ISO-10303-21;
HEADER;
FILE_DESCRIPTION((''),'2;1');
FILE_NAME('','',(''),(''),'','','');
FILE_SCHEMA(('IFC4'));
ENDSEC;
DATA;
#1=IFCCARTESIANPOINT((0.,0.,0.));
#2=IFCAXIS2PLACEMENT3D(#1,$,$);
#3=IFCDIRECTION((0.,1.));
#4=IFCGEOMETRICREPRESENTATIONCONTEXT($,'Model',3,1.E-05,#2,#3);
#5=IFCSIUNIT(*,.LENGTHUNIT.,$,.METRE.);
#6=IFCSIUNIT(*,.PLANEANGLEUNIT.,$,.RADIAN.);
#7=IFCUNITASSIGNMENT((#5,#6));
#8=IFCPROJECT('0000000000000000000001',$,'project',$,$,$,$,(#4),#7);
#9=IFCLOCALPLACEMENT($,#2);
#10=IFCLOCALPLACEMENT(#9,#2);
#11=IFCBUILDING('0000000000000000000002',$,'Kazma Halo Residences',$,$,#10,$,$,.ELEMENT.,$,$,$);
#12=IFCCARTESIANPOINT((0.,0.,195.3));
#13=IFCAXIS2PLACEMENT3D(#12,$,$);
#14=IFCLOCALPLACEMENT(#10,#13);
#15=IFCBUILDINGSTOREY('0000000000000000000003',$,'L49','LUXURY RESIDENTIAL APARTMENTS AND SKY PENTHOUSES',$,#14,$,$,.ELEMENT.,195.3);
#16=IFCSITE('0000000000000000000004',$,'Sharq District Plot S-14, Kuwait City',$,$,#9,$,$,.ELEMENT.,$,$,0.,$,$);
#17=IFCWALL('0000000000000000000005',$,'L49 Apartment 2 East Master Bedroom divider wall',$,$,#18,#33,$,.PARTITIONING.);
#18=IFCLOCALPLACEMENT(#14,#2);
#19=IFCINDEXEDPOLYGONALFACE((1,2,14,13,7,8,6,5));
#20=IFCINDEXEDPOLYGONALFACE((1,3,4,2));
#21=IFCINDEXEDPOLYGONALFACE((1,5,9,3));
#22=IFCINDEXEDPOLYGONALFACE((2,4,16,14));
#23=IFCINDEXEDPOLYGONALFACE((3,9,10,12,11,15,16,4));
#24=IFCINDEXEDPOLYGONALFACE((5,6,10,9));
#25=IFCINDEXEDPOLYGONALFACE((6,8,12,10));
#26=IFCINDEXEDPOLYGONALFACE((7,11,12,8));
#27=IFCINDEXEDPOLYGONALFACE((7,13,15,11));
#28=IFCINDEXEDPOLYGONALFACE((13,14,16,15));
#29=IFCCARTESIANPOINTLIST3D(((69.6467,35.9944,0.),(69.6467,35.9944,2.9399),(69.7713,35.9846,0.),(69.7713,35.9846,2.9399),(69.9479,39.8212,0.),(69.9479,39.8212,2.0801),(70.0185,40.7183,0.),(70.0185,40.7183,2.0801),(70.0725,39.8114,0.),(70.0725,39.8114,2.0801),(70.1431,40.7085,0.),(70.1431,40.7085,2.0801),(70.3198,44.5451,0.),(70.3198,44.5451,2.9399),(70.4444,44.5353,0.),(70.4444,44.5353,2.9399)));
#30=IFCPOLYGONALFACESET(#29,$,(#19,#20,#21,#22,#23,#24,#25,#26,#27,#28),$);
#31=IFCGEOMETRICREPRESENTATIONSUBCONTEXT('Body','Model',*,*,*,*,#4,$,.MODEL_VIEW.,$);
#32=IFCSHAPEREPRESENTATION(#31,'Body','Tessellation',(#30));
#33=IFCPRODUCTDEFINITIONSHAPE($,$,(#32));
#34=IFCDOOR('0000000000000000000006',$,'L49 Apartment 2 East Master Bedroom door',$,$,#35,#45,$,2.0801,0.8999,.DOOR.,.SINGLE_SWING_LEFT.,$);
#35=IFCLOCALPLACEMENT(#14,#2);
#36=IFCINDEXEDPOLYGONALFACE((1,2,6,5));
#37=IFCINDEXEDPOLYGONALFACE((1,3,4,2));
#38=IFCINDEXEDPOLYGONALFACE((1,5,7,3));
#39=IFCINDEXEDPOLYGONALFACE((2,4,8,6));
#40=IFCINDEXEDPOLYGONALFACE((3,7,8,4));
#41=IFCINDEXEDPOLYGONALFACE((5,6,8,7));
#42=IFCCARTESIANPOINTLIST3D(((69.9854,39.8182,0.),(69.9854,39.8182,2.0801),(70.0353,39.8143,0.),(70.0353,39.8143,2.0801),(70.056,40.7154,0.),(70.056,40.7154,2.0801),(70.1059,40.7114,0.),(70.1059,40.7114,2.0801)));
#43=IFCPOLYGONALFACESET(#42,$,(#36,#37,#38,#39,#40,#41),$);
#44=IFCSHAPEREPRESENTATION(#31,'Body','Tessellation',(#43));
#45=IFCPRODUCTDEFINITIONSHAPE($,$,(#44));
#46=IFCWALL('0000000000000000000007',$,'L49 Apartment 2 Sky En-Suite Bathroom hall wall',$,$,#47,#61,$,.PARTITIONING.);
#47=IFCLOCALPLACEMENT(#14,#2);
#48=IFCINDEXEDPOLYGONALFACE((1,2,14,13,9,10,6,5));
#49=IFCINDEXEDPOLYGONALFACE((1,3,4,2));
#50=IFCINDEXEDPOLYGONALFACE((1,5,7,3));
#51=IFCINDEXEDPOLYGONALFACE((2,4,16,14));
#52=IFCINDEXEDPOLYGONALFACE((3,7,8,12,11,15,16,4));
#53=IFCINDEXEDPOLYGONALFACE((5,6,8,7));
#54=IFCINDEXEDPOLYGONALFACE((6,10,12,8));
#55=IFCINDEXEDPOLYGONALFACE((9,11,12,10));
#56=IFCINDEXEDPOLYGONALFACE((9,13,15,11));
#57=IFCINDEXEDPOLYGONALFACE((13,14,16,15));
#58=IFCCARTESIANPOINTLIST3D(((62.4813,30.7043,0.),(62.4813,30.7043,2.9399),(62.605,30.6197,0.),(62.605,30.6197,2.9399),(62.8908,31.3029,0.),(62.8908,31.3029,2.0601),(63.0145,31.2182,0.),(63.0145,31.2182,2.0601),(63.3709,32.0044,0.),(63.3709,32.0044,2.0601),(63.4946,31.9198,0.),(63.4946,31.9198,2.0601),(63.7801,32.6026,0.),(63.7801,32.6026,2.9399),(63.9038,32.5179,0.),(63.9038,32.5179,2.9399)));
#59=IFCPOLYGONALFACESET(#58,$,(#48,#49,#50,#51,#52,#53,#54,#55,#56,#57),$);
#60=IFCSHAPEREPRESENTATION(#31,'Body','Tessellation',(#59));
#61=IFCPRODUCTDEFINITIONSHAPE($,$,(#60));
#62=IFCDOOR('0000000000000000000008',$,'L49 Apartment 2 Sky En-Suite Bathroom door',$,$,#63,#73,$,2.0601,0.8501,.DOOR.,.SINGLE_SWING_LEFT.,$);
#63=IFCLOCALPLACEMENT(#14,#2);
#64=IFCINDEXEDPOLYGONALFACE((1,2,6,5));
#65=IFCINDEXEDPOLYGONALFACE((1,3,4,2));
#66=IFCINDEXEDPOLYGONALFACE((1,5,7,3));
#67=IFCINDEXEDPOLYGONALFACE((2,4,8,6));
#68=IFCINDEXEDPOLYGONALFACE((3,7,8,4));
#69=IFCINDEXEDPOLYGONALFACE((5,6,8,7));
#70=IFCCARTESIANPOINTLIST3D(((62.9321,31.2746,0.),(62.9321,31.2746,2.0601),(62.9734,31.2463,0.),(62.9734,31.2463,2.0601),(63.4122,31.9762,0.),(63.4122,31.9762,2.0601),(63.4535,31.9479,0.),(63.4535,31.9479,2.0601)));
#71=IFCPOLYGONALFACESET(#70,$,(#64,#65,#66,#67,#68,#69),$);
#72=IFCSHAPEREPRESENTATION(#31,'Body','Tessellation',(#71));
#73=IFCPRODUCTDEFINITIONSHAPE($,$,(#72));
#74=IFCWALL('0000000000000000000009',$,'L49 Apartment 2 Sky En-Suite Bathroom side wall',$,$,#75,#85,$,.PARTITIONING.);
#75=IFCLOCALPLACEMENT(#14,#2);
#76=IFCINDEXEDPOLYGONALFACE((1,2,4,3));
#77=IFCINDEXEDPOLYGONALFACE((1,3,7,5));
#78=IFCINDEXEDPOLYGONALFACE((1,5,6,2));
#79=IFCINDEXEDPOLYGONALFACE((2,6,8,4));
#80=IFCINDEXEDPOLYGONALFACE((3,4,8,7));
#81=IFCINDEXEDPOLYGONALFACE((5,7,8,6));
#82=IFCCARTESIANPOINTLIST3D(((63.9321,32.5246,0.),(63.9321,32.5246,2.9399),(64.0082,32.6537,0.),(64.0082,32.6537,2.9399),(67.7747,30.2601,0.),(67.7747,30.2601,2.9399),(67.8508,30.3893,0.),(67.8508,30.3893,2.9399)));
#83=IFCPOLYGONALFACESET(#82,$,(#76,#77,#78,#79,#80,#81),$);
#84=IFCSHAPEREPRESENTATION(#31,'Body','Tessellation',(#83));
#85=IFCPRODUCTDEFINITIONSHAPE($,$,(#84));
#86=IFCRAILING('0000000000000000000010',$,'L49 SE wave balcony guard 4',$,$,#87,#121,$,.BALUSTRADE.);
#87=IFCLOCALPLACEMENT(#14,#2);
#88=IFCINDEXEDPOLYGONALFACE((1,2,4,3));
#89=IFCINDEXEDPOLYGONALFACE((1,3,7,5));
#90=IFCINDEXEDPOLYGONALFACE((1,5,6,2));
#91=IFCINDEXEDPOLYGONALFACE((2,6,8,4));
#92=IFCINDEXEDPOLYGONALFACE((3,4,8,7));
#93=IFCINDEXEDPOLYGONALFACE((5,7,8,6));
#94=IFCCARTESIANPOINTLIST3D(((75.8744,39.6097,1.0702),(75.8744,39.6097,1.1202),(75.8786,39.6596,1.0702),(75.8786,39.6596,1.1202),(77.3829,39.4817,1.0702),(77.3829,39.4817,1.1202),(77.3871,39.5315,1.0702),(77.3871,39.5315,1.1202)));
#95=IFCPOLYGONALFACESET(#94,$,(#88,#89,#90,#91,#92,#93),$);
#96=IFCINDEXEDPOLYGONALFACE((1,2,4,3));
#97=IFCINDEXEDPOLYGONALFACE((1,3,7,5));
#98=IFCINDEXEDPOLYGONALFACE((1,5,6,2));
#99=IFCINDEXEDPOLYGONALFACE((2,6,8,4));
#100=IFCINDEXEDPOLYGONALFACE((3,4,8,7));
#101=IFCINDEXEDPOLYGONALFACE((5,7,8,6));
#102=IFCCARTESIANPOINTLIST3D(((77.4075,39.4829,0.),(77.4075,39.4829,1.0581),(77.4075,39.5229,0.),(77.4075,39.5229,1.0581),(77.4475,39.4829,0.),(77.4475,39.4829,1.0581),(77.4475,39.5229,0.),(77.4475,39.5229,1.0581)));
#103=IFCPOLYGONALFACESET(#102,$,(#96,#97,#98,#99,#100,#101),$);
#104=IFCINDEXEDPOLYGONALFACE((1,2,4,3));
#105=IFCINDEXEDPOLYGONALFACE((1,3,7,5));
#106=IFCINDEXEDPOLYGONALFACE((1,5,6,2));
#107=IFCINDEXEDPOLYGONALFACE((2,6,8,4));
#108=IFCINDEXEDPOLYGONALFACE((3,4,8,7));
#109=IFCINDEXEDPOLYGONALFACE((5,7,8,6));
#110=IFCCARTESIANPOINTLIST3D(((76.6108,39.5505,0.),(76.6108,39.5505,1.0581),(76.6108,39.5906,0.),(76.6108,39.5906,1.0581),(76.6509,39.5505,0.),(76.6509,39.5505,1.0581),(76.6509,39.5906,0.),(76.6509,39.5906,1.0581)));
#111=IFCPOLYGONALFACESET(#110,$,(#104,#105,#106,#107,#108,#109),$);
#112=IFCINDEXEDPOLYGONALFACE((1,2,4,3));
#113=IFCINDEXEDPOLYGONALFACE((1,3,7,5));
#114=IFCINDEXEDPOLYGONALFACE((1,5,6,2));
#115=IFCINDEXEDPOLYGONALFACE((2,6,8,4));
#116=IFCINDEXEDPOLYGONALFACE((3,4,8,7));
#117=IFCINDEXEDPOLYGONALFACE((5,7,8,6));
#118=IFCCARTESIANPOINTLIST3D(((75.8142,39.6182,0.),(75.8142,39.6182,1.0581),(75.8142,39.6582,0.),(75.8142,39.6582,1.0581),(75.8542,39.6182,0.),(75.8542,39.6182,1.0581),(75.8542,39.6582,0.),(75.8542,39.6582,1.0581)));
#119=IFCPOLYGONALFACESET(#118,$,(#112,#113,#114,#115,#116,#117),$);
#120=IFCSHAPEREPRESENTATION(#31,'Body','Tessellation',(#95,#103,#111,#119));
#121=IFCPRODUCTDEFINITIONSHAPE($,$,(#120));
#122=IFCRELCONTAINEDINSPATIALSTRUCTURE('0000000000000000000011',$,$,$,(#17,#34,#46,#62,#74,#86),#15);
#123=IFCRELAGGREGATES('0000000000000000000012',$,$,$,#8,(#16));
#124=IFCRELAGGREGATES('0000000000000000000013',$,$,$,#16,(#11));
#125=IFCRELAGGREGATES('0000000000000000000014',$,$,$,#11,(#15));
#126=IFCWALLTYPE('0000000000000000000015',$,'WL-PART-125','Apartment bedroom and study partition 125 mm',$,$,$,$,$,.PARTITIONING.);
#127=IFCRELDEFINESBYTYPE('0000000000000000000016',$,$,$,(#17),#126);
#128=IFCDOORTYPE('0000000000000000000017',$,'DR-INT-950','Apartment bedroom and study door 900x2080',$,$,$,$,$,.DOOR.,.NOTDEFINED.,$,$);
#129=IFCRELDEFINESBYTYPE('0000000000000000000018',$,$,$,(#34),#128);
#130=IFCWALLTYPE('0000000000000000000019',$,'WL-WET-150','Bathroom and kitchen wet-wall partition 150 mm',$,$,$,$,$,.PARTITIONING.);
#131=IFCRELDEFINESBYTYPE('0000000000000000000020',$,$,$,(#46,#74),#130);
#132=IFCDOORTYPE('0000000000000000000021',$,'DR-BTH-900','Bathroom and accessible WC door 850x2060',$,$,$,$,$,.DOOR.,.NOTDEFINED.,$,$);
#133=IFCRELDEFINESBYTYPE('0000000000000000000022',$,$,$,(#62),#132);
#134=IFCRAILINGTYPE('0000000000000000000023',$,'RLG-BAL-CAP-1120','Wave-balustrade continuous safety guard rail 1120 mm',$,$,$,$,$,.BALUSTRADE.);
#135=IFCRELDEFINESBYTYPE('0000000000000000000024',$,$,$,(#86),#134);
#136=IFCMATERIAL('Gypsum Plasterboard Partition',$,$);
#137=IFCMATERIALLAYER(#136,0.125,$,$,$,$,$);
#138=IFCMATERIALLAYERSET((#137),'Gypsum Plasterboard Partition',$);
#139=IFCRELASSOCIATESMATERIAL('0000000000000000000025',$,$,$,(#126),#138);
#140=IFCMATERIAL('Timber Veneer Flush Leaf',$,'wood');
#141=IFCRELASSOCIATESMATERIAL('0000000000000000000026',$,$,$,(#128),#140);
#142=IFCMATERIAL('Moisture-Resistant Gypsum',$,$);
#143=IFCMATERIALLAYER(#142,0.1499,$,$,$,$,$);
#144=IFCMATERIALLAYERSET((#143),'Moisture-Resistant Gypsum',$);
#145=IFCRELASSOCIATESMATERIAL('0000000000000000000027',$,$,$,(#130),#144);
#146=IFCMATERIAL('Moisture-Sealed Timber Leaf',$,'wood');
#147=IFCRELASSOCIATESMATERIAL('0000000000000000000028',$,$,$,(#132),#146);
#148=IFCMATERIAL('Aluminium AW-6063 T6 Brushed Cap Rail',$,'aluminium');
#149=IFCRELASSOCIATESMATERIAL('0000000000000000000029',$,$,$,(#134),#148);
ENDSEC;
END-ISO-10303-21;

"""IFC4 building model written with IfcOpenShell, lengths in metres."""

from ifc_helpers import new_model, si_unit, direction, frame, frame_2d, origin, origin_2d, place, context, subcontext, project, spatial, rectangle, extrude, material, layer, layer_set, type_object, element, fill, save


model = new_model("IFC4")

# Units and contexts
model_context = context("Model", 3, precision=1e-05, world=origin(), true_north=direction((0.0, 1.0)))
body_context = subcontext(model_context, "Body", "Model", "MODEL_VIEW")
ifc_project = project(units=[si_unit("LENGTHUNIT", "METRE"), si_unit("PLANEANGLEUNIT", "RADIAN")], contexts=[model_context])

# Site, building, storey
site_placement = place(None, origin())
site = spatial("IfcSite", under=ifc_project, at=site_placement, Name="Sharq District Plot S-14, Kuwait City", CompositionType="ELEMENT", RefElevation=0.0)
building_placement = place(site_placement, origin())
building = spatial("IfcBuilding", under=site, at=building_placement, Name="Kazma Halo Residences", CompositionType="ELEMENT")
storey_placement = place(building_placement, frame((0.0, 0.0, 195.3)))
storey = spatial("IfcBuildingStorey", under=building, at=storey_placement, Name="L49", Description="LUXURY RESIDENTIAL APARTMENTS AND SKY PENTHOUSES", CompositionType="ELEMENT", Elevation=195.3)

# Shared definitions
ifc_material_1 = material(Name="Gypsum Plasterboard Partition")
ifc_layer_1 = layer(ifc_material_1, 0.125)
ifc_layer_set_1 = layer_set([ifc_layer_1], Name="Gypsum Plasterboard Partition")
wall_type_1 = type_object("IfcWallType", Name="WL-PART-125", Description="Apartment bedroom and study partition 125 mm", PredefinedType="PARTITIONING", material=ifc_layer_set_1)
ifc_material_2 = material(Name="Timber Veneer Flush Leaf", Category="wood")
door_type_1 = type_object("IfcDoorType", Name="DR-INT-950", Description="Apartment bedroom and study door 900x2080", OperationType="NOTDEFINED", PredefinedType="DOOR", material=ifc_material_2)

# Walls, openings, doors
wall_1_placement = place(storey_placement, frame((69.709, 35.9895, 0.0), z_axis=(0.0, 0.0, 1.0), x_axis=(0.078475, 0.996916, 0.0)))
wall_1 = element("IfcWall", 1, at=wall_1_placement, inside=storey, type_object=wall_type_1, Name="L49 Apartment 2 East Master Bedroom divider wall", PredefinedType="PARTITIONING", context=body_context, shape_type="SweptSolid", body=[
    extrude(rectangle(XDim=8.5771, YDim=0.125, at=frame_2d((4.2886, 0.0))), origin(), (0.0, 0.0, 1.0), 2.9399),
])
opening_1_placement = place(wall_1_placement, frame((3.8386, 0.0, 0.0)))
opening_1 = element("IfcOpeningElement", 2, at=opening_1_placement, cuts=wall_1, PredefinedType="OPENING", context=body_context, shape_type="SweptSolid", body=[
    extrude(rectangle(XDim=0.8999, YDim=2.0801, at=frame_2d((0.45, 1.04))), frame((0.0, 0.0725, 0.0), z_axis=(0.0, -1.0, 0.0), x_axis=(1.0, 0.0, 0.0)), (0.0, 0.0, 1.0), 0.145),
])
door_1_placement = place(opening_1_placement, origin())
door_1 = element("IfcDoor", 3, at=door_1_placement, inside=storey, type_object=door_type_1, Name="L49 Apartment 2 East Master Bedroom door", OperationType="SINGLE_SWING_LEFT", OverallHeight=2.0801, OverallWidth=0.8999, PredefinedType="DOOR", context=body_context, shape_type="SweptSolid", body=[
    extrude(rectangle(XDim=0.8999, YDim=2.0801, at=frame_2d((0.45, 1.04))), frame((0.0, 0.0249, 0.0), z_axis=(0.0, -1.0, 0.0), x_axis=(1.0, 0.0, 0.0)), (0.0, 0.0, 1.0), 0.05),
])
fill(opening_1, door_1)
ifc_material_3 = material(Name="Moisture-Resistant Gypsum")
ifc_layer_2 = layer(ifc_material_3, 0.1499)
ifc_layer_set_2 = layer_set([ifc_layer_2], Name="Moisture-Resistant Gypsum")
wall_type_2 = type_object("IfcWallType", Name="WL-WET-150", Description="Bathroom and kitchen wet-wall partition 150 mm", PredefinedType="PARTITIONING", material=ifc_layer_set_2)
wall_2_placement = place(storey_placement, frame((62.5432, 30.6621, 0.0), z_axis=(0.0, 0.0, 1.0), x_axis=(0.564703, 0.825294, 0.0)))
wall_2 = element("IfcWall", 4, at=wall_2_placement, inside=storey, type_object=wall_type_2, Name="L49 Apartment 2 Sky En-Suite Bathroom hall wall", PredefinedType="PARTITIONING", context=body_context, shape_type="SweptSolid", body=[
    extrude(rectangle(XDim=2.3, YDim=0.1499, at=frame_2d((1.1499, 0.0))), origin(), (0.0, 0.0, 1.0), 2.9399),
])
opening_2_placement = place(wall_2_placement, frame((0.7251, 0.0, 0.0)))
opening_2 = element("IfcOpeningElement", 5, at=opening_2_placement, cuts=wall_2, PredefinedType="OPENING", context=body_context, shape_type="SweptSolid", body=[
    extrude(rectangle(XDim=0.8501, YDim=2.0601, at=frame_2d((0.425, 1.03))), frame((0.0, 0.085, 0.0), z_axis=(0.0, -1.0, 0.0), x_axis=(1.0, 0.0, 0.0)), (0.0, 0.0, 1.0), 0.1699),
])
ifc_material_4 = material(Name="Moisture-Sealed Timber Leaf", Category="wood")
door_type_2 = type_object("IfcDoorType", Name="DR-BTH-900", Description="Bathroom and accessible WC door 850x2060", OperationType="NOTDEFINED", PredefinedType="DOOR", material=ifc_material_4)
door_2_placement = place(opening_2_placement, origin())
door_2 = element("IfcDoor", 6, at=door_2_placement, inside=storey, type_object=door_type_2, Name="L49 Apartment 2 Sky En-Suite Bathroom door", OperationType="SINGLE_SWING_LEFT", OverallHeight=2.0601, OverallWidth=0.8501, PredefinedType="DOOR", context=body_context, shape_type="SweptSolid", body=[
    extrude(rectangle(XDim=0.8501, YDim=2.0601, at=frame_2d((0.425, 1.03))), frame((0.0, 0.0249, 0.0), z_axis=(0.0, -1.0, 0.0), x_axis=(1.0, 0.0, 0.0)), (0.0, 0.0, 1.0), 0.05),
])
fill(opening_2, door_2)

# Wall
wall_3_placement = place(storey_placement, frame((63.9702, 32.5891, 0.0), z_axis=(0.0, 0.0, 1.0), x_axis=(0.861533, -0.507702, 0.0)))
element("IfcWall", 7, at=wall_3_placement, inside=storey, type_object=wall_type_2, Name="L49 Apartment 2 Sky En-Suite Bathroom side wall", PredefinedType="PARTITIONING", context=body_context, shape_type="SweptSolid", body=[
    extrude(rectangle(XDim=4.4602, YDim=0.1499, at=frame_2d((2.23, 0.0))), origin(), (0.0, 0.0, 1.0), 2.9399),
])

# Railing
ifc_material_5 = material(Name="Aluminium AW-6063 T6 Brushed Cap Rail", Category="aluminium")
railing_type = type_object("IfcRailingType", Name="RLG-BAL-CAP-1120", Description="Wave-balustrade continuous safety guard rail 1120 mm", PredefinedType="BALUSTRADE", material=ifc_material_5)
railing_placement = place(storey_placement, frame((77.4275, 39.5029, 0.0)))
element("IfcRailing", 8, at=railing_placement, inside=storey, type_object=railing_type, Name="L49 SE wave balcony guard 4", PredefinedType="BALUSTRADE", context=body_context, shape_type="SweptSolid", body=[
    extrude(rectangle(XDim=0.05, YDim=0.05, at=origin_2d()), frame((-0.0425, 0.0037, 1.0952), z_axis=(-0.996416, 0.084587, 0.0), x_axis=(-0.084587, -0.996416, 0.0)), (0.0, 0.0, 1.0), 1.5139),
    extrude(rectangle(XDim=0.04, YDim=0.04, at=origin_2d()), origin(), (0.0, 0.0, 1.0), 1.0581),
    extrude(rectangle(XDim=0.04, YDim=0.04, at=origin_2d()), frame((-0.7966, 0.0676, 0.0)), (0.0, 0.0, 1.0), 1.0581),
    extrude(rectangle(XDim=0.04, YDim=0.04, at=origin_2d()), frame((-1.5933, 0.1353, 0.0)), (0.0, 0.0, 1.0), 1.0581),
])

save(model, "model.ifc")
